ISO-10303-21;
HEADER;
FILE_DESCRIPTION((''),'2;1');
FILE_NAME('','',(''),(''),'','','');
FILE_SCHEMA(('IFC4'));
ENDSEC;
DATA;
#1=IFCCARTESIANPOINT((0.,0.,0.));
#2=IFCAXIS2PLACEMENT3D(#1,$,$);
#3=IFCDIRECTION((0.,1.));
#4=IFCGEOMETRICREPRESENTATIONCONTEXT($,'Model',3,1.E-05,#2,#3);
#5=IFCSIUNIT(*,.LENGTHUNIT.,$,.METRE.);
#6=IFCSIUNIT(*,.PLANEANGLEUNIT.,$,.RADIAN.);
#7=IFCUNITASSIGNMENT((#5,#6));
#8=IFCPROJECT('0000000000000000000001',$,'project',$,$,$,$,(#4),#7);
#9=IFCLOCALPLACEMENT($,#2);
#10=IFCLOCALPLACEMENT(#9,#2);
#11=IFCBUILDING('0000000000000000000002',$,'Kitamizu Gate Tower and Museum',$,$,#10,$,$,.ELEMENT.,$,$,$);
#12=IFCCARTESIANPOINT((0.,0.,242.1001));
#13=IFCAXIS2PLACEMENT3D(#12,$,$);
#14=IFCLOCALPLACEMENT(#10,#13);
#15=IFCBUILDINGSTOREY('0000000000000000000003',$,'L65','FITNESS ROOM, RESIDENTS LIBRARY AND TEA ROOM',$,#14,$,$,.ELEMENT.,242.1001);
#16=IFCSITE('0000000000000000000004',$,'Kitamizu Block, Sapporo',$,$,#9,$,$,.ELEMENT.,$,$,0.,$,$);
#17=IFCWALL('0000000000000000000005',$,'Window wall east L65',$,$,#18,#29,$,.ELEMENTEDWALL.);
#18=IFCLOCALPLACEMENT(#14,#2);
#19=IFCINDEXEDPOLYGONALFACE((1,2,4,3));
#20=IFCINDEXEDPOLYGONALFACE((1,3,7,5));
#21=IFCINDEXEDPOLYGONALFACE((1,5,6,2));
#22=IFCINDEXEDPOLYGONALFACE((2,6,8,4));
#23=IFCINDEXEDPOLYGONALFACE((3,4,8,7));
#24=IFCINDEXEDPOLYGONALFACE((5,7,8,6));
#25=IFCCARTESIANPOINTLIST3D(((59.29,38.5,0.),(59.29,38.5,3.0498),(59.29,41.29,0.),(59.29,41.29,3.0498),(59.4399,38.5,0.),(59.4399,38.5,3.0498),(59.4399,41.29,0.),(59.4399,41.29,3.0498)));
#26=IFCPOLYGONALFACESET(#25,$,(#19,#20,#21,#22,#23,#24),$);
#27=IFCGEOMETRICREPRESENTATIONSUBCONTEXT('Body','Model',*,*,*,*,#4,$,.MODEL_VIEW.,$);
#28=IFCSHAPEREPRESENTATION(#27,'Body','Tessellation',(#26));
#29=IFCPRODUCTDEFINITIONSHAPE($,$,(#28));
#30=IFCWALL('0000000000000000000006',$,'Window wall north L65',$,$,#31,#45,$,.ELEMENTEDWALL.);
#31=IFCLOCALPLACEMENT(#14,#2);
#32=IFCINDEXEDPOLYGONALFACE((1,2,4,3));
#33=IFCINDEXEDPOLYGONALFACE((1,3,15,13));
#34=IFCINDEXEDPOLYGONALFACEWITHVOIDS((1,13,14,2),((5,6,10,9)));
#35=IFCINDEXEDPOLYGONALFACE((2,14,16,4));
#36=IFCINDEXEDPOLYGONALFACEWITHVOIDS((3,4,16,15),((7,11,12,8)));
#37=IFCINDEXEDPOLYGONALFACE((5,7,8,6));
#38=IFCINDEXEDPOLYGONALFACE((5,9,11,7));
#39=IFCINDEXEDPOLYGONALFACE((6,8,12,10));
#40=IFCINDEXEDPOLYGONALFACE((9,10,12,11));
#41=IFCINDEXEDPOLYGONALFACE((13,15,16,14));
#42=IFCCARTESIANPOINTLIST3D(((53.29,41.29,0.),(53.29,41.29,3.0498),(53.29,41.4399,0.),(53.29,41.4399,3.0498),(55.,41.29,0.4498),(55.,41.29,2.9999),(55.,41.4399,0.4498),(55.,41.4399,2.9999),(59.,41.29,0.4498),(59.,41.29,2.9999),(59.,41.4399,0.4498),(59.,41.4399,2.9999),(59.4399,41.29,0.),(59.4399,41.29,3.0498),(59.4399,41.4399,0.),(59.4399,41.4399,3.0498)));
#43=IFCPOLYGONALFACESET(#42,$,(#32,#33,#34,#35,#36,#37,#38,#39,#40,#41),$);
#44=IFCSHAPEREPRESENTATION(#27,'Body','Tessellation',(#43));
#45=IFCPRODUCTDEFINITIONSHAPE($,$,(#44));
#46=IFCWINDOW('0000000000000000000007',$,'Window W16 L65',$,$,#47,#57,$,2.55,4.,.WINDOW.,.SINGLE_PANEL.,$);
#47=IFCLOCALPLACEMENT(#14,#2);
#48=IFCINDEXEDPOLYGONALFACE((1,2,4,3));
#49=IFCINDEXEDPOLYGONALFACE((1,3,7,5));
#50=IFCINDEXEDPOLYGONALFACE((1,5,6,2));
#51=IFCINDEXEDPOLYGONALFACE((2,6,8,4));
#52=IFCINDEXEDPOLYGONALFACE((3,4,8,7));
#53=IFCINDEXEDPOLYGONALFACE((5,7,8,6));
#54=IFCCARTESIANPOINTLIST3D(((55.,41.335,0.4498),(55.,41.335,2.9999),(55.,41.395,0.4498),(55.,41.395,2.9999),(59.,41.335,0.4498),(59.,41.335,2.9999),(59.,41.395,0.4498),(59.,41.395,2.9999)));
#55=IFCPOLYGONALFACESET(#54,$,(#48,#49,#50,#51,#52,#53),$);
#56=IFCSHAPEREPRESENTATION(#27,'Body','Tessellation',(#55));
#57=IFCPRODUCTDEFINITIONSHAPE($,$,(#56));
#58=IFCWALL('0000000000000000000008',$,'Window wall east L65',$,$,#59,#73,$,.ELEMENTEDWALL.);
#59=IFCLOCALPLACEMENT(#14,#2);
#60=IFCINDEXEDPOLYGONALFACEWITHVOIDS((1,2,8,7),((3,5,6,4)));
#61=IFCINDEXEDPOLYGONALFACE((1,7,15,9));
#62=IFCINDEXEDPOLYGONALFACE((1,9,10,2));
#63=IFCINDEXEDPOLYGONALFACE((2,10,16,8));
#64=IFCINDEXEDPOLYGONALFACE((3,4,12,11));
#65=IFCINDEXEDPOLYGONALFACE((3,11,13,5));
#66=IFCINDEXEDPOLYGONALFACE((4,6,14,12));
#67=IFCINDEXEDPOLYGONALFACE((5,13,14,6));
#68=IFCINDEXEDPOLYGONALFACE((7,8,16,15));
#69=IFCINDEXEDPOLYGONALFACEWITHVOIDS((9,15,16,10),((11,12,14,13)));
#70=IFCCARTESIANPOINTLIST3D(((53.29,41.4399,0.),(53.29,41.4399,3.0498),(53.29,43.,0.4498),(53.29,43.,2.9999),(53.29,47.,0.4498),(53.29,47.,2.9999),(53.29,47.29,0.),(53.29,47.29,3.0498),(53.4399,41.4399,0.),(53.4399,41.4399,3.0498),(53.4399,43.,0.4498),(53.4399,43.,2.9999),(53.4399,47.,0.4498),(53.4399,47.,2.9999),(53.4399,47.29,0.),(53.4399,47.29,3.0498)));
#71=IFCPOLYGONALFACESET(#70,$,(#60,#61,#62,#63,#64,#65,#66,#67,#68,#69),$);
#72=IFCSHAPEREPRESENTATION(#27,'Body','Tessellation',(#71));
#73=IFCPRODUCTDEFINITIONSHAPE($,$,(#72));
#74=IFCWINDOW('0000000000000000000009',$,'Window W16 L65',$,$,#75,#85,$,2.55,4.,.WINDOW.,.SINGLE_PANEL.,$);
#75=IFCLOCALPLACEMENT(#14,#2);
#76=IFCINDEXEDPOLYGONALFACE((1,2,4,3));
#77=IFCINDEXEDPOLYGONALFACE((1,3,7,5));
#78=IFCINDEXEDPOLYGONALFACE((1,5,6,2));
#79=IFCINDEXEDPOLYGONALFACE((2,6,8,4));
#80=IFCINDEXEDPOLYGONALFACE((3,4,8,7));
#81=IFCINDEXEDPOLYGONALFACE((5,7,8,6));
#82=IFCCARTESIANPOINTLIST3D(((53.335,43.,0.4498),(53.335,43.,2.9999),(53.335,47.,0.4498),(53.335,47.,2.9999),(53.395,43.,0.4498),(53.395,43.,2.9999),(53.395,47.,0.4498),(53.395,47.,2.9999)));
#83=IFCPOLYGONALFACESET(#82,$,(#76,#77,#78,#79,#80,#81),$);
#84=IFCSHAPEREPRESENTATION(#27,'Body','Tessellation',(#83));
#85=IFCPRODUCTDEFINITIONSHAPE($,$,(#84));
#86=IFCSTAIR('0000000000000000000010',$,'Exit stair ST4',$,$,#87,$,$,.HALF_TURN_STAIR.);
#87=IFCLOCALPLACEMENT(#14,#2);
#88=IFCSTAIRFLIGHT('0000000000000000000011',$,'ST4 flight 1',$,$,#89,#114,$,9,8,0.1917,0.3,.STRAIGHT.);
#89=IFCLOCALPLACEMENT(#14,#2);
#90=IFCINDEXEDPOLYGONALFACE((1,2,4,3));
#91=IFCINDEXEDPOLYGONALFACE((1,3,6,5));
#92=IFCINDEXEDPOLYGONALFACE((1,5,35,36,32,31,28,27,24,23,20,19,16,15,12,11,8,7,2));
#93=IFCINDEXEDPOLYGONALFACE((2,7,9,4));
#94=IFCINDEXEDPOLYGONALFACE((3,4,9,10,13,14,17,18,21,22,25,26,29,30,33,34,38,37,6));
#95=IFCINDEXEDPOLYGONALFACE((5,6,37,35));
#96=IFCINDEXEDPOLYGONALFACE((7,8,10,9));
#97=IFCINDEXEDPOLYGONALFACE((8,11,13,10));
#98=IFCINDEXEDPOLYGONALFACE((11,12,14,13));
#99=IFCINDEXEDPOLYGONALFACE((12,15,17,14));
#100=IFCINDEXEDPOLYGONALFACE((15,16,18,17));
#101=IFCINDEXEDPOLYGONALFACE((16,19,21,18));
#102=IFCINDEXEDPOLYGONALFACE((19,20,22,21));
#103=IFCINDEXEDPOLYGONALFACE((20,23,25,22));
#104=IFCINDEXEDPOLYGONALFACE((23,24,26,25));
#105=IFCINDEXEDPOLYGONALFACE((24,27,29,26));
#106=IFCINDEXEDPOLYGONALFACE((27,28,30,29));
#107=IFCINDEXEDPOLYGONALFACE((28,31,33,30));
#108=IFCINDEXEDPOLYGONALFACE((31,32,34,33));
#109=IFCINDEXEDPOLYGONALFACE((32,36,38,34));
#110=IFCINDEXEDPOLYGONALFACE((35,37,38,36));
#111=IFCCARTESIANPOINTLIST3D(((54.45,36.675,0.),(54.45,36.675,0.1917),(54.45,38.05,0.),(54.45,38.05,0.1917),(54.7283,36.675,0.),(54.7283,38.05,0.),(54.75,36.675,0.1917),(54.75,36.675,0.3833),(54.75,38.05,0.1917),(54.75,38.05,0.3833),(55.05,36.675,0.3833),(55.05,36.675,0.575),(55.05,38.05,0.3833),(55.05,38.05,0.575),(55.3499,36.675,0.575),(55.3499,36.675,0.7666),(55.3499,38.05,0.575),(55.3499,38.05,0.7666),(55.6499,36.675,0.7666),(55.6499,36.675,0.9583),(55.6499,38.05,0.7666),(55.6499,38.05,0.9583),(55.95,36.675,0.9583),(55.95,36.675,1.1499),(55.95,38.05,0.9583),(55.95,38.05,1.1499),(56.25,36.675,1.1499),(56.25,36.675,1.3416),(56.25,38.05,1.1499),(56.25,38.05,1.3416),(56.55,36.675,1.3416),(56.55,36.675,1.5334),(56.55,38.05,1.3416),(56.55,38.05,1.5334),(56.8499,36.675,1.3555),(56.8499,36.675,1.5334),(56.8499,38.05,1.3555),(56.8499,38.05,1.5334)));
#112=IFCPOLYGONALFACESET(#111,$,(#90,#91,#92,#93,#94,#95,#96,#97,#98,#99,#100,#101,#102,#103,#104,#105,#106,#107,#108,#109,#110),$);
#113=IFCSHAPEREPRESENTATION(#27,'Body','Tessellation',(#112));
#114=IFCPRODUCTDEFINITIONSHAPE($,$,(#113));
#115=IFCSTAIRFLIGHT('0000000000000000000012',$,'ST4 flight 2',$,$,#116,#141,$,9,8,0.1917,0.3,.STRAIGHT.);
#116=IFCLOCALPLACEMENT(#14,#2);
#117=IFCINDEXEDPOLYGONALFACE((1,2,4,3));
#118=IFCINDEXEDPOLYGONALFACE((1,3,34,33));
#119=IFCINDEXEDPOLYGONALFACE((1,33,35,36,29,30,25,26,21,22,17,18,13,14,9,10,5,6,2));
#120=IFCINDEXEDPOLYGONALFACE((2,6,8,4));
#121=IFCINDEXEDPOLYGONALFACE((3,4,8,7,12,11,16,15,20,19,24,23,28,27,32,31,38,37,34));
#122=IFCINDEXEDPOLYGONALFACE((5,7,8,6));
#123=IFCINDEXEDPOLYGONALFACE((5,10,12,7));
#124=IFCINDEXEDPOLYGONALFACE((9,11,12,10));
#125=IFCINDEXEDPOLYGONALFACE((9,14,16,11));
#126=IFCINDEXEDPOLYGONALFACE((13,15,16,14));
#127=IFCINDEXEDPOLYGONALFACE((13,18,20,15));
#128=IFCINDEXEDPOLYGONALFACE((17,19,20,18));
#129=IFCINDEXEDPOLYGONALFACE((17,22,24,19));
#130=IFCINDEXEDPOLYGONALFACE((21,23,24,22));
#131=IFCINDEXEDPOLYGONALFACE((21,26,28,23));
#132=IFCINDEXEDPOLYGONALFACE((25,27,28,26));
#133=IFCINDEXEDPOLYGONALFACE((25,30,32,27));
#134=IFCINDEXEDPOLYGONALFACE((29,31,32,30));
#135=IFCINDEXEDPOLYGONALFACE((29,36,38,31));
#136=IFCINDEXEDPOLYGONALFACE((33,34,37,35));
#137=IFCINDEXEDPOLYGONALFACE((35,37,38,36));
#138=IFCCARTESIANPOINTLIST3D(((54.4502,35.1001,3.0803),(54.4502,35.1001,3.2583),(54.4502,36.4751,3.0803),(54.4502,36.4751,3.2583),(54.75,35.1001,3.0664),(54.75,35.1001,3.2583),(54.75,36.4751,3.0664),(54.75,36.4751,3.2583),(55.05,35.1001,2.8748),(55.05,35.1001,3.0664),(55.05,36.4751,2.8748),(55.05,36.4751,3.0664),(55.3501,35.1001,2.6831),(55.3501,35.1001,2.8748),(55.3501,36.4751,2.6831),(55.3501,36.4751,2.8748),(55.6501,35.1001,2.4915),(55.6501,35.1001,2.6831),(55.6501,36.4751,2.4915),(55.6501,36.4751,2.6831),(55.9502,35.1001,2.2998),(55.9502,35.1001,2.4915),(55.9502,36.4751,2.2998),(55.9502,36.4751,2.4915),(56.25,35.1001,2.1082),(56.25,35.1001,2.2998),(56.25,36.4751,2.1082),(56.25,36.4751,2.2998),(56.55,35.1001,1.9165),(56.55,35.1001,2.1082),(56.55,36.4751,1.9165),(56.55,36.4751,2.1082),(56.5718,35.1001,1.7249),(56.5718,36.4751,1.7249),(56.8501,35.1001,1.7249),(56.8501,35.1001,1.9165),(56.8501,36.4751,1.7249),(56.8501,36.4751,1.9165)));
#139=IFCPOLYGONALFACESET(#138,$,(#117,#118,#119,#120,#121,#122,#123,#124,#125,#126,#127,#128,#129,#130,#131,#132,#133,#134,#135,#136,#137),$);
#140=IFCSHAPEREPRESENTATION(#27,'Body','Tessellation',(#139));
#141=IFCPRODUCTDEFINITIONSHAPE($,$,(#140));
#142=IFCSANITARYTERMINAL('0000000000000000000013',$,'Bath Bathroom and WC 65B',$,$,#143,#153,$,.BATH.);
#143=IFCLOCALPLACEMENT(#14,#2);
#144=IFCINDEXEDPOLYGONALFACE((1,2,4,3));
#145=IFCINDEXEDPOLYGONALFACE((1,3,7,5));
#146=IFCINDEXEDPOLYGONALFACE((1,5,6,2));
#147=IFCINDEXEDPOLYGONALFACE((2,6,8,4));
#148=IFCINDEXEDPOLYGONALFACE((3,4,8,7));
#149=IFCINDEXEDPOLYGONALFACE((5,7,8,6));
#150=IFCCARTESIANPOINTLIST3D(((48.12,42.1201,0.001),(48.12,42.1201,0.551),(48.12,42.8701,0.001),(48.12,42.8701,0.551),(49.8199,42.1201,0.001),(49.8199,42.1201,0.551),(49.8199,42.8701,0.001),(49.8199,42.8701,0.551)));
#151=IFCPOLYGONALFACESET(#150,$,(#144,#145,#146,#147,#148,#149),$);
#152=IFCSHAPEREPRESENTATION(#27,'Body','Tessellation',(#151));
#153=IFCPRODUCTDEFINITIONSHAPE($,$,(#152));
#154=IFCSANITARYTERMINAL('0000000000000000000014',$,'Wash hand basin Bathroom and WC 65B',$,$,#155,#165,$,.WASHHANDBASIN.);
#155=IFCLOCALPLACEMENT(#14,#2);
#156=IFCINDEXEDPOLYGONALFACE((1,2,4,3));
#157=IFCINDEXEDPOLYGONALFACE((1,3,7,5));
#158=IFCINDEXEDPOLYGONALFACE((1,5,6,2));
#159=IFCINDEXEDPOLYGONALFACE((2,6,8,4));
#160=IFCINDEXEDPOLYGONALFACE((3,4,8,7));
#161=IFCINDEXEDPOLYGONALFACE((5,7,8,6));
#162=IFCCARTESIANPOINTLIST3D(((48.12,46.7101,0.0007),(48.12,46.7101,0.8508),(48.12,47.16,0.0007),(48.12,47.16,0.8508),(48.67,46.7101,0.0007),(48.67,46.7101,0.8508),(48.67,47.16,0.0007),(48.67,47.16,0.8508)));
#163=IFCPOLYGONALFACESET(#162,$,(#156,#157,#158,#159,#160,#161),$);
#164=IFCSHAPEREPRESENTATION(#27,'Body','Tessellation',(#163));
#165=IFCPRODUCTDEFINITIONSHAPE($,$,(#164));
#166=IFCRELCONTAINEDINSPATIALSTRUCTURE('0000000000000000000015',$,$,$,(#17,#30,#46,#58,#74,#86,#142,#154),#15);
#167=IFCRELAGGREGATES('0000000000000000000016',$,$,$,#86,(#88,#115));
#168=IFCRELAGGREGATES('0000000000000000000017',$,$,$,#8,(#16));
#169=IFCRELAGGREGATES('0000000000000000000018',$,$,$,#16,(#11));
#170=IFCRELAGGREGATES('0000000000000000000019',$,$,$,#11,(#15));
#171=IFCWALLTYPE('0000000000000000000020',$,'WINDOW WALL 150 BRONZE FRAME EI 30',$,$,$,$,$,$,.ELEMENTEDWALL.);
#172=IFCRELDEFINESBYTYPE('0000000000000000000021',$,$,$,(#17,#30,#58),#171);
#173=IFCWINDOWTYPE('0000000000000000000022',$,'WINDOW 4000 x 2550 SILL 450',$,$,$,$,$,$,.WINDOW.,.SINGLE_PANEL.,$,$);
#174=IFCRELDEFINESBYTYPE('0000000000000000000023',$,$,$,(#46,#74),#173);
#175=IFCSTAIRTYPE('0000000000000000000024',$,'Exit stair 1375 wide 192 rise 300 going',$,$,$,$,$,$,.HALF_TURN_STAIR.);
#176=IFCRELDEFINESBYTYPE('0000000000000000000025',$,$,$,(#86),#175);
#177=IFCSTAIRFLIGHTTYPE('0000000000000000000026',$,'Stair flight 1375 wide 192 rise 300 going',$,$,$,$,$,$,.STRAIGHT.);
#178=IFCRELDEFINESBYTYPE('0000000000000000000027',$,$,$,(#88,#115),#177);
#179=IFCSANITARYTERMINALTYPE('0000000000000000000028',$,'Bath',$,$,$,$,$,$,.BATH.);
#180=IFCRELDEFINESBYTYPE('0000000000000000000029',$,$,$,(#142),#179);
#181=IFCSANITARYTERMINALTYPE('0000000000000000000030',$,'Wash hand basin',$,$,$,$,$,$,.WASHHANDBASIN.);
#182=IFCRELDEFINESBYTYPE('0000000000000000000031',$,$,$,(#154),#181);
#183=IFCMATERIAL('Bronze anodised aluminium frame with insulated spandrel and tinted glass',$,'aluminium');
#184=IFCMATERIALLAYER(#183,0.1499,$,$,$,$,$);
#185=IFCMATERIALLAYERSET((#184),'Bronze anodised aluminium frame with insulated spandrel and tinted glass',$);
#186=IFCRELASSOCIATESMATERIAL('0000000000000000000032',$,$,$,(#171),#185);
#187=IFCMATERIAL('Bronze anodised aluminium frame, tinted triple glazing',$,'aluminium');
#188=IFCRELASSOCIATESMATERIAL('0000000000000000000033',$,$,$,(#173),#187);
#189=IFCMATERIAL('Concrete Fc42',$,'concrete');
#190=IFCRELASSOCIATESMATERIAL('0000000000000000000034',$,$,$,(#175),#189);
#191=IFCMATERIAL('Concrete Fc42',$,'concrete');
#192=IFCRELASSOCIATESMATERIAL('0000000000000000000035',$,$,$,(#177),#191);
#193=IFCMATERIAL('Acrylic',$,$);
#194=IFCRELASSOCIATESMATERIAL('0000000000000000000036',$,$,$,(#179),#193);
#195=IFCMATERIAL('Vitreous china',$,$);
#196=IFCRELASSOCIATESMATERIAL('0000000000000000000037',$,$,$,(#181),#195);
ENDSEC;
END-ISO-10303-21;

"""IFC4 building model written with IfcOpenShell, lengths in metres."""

from ifc_helpers import new_model, si_unit, direction, frame, frame_2d, origin, origin_2d, place, context, subcontext, project, spatial, polyline, rectangle, outline, extrude, material, layer, layer_set, type_object, element, fill, aggregate, save


model = new_model("IFC4")

# Units and contexts
model_context = context("Model", 3, precision=1e-05, world=origin(), true_north=direction((0.0, 1.0)))
body_context = subcontext(model_context, "Body", "Model", "MODEL_VIEW")
ifc_project = project(units=[si_unit("LENGTHUNIT", "METRE"), si_unit("PLANEANGLEUNIT", "RADIAN")], contexts=[model_context])

# Site, building, storey
site_placement = place(None, origin())
site = spatial("IfcSite", under=ifc_project, at=site_placement, Name="Kitamizu Block, Sapporo", CompositionType="ELEMENT", RefElevation=0.0)
building_placement = place(site_placement, origin())
building = spatial("IfcBuilding", under=site, at=building_placement, Name="Kitamizu Gate Tower and Museum", CompositionType="ELEMENT")
storey_placement = place(building_placement, frame((0.0, 0.0, 242.1001)))
storey = spatial("IfcBuildingStorey", under=building, at=storey_placement, Name="L65", Description="FITNESS ROOM, RESIDENTS LIBRARY AND TEA ROOM", CompositionType="ELEMENT", Elevation=242.1001)

# Wall
ifc_material_1 = material(Name="Bronze anodised aluminium frame with insulated spandrel and tinted glass", Category="aluminium")
ifc_layer_1 = layer(ifc_material_1, 0.1499)
ifc_layer_set_1 = layer_set([ifc_layer_1], Name="Bronze anodised aluminium frame with insulated spandrel and tinted glass")
wall_type_1 = type_object("IfcWallType", Name="WINDOW WALL 150 BRONZE FRAME EI 30", PredefinedType="ELEMENTEDWALL", material=ifc_layer_set_1)
wall_1_placement = place(storey_placement, frame((59.365, 38.5, 0.0), z_axis=(0.0, 0.0, 1.0), x_axis=(0.0, 1.0, 0.0)))
element("IfcWall", 1, at=wall_1_placement, inside=storey, type_object=wall_type_1, Name="Window wall east L65", PredefinedType="ELEMENTEDWALL", context=body_context, shape_type="SweptSolid", body=[
    extrude(rectangle(XDim=2.79, YDim=0.1499, at=frame_2d((1.395, 0.0))), origin(), (0.0, 0.0, 1.0), 3.0498),
])

# Walls, openings, windows
wall_2_placement = place(storey_placement, frame((53.29, 41.365, 0.0), z_axis=(0.0, 0.0, 1.0), x_axis=(1.0, 0.0, 0.0)))
wall_2 = element("IfcWall", 2, at=wall_2_placement, inside=storey, type_object=wall_type_1, Name="Window wall north L65", PredefinedType="ELEMENTEDWALL", context=body_context, shape_type="SweptSolid", body=[
    extrude(rectangle(XDim=6.1499, YDim=0.1499, at=frame_2d((3.075, 0.0))), origin(), (0.0, 0.0, 1.0), 3.0498),
])
opening_1_placement = place(wall_2_placement, frame((1.71, 0.0, 0.45)))
opening_1 = element("IfcOpeningElement", 3, at=opening_1_placement, cuts=wall_2, PredefinedType="OPENING", context=body_context, shape_type="SweptSolid", body=[
    extrude(rectangle(XDim=4.0, YDim=2.55, at=frame_2d((2.0, 1.2749))), frame((0.0, 0.085, 0.0), z_axis=(0.0, -1.0, 0.0), x_axis=(1.0, 0.0, 0.0)), (0.0, 0.0, 1.0), 0.1699),
])
ifc_material_2 = material(Name="Bronze anodised aluminium frame, tinted triple glazing", Category="aluminium")
window_type = type_object("IfcWindowType", Name="WINDOW 4000 x 2550 SILL 450", PartitioningType="SINGLE_PANEL", PredefinedType="WINDOW", material=ifc_material_2)
window_1_placement = place(opening_1_placement, origin())
window_1 = element("IfcWindow", 4, at=window_1_placement, inside=storey, type_object=window_type, Name="Window W16 L65", OverallHeight=2.55, OverallWidth=4.0, PartitioningType="SINGLE_PANEL", PredefinedType="WINDOW", context=body_context, shape_type="SweptSolid", body=[
    extrude(rectangle(XDim=4.0, YDim=2.55, at=frame_2d((2.0, 1.2749))), frame((0.0, 0.03, 0.0), z_axis=(0.0, -1.0, 0.0), x_axis=(1.0, 0.0, 0.0)), (0.0, 0.0, 1.0), 0.0601),
])
fill(opening_1, window_1)
wall_3_placement = place(storey_placement, frame((53.365, 41.4399, 0.0), z_axis=(0.0, 0.0, 1.0), x_axis=(0.0, 1.0, 0.0)))
wall_3 = element("IfcWall", 5, at=wall_3_placement, inside=storey, type_object=wall_type_1, Name="Window wall east L65", PredefinedType="ELEMENTEDWALL", context=body_context, shape_type="SweptSolid", body=[
    extrude(rectangle(XDim=5.8501, YDim=0.1499, at=frame_2d((2.925, 0.0))), origin(), (0.0, 0.0, 1.0), 3.0498),
])
opening_2_placement = place(wall_3_placement, frame((1.5601, 0.0, 0.45)))
opening_2 = element("IfcOpeningElement", 6, at=opening_2_placement, cuts=wall_3, PredefinedType="OPENING", context=body_context, shape_type="SweptSolid", body=[
    extrude(rectangle(XDim=4.0, YDim=2.55, at=frame_2d((2.0, 1.2749))), frame((0.0, 0.085, 0.0), z_axis=(0.0, -1.0, 0.0), x_axis=(1.0, 0.0, 0.0)), (0.0, 0.0, 1.0), 0.1699),
])
window_2_placement = place(opening_2_placement, origin())
window_2 = element("IfcWindow", 7, at=window_2_placement, inside=storey, type_object=window_type, Name="Window W16 L65", OverallHeight=2.55, OverallWidth=4.0, PartitioningType="SINGLE_PANEL", PredefinedType="WINDOW", context=body_context, shape_type="SweptSolid", body=[
    extrude(rectangle(XDim=4.0, YDim=2.55, at=frame_2d((2.0, 1.2749))), frame((0.0, 0.03, 0.0), z_axis=(0.0, -1.0, 0.0), x_axis=(1.0, 0.0, 0.0)), (0.0, 0.0, 1.0), 0.0601),
])
fill(opening_2, window_2)

# Stair, stair flights
ifc_material_3 = material(Name="Concrete Fc42", Category="concrete")
stair_type = type_object("IfcStairType", Name="Exit stair 1375 wide 192 rise 300 going", PredefinedType="HALF_TURN_STAIR", material=ifc_material_3)
stair_placement = place(storey_placement, origin())
stair = element("IfcStair", 8, at=stair_placement, inside=storey, type_object=stair_type, Name="Exit stair ST4", PredefinedType="HALF_TURN_STAIR")
ifc_material_4 = material(Name="Concrete Fc42", Category="concrete")
stair_flight_type = type_object("IfcStairFlightType", Name="Stair flight 1375 wide 192 rise 300 going", PredefinedType="STRAIGHT", material=ifc_material_4)
stair_flight_1_placement = place(storey_placement, frame((54.45, 37.3625, 0.0), z_axis=(0.0, 0.0, 1.0), x_axis=(1.0, 0.0, 0.0)))
stair_flight_1 = element("IfcStairFlight", 9, at=stair_flight_1_placement, type_object=stair_flight_type, Name="ST4 flight 1", NumberOfRisers=9, NumberOfTreads=8, PredefinedType="STRAIGHT", RiserHeight=0.1917, TreadLength=0.3, context=body_context, shape_type="SweptSolid", body=[
    extrude(outline(polyline([(0.0, 0.0), (0.0, 0.1917), (0.3, 0.1917), (0.3, 0.3833), (0.6001, 0.3833), (0.6001, 0.575), (0.8999, 0.575), (0.8999, 0.7666), (1.2, 0.7666), (1.2, 0.9583), (1.5, 0.9583), (1.5, 1.1499), (1.8, 1.1499), (1.8, 1.3416), (2.1001, 1.3416), (2.1001, 1.5334), (2.3999, 1.5334), (2.3999, 1.7251), (2.3999, 1.3555), (0.2783, 0.0), (0.0, 0.0)])), frame((0.0, 0.6875, 0.0), z_axis=(0.0, -1.0, 0.0), x_axis=(1.0, 0.0, 0.0)), (0.0, 0.0, 1.0), 1.375),
])
stair_flight_2_placement = place(storey_placement, frame((56.8501, 35.7876, 1.7249), z_axis=(0.0, 0.0, 1.0), x_axis=(-1.0, 0.0, 0.0)))
stair_flight_2 = element("IfcStairFlight", 10, at=stair_flight_2_placement, type_object=stair_flight_type, Name="ST4 flight 2", NumberOfRisers=9, NumberOfTreads=8, PredefinedType="STRAIGHT", RiserHeight=0.1917, TreadLength=0.3, context=body_context, shape_type="SweptSolid", body=[
    extrude(outline(polyline([(0.0, 0.0), (0.0, 0.1917), (0.3, 0.1917), (0.3, 0.3833), (0.6001, 0.3833), (0.6001, 0.575), (0.8999, 0.575), (0.8999, 0.7666), (1.2, 0.7666), (1.2, 0.9583), (1.5, 0.9583), (1.5, 1.1499), (1.8, 1.1499), (1.8, 1.3416), (2.1001, 1.3416), (2.1001, 1.5334), (2.3999, 1.5334), (2.3999, 1.7251), (2.3999, 1.3555), (0.2783, 0.0), (0.0, 0.0)])), frame((0.0, 0.6875, 0.0), z_axis=(0.0, -1.0, 0.0), x_axis=(1.0, 0.0, 0.0)), (0.0, 0.0, 1.0), 1.375),
])
aggregate(stair, [stair_flight_1, stair_flight_2])

# Sanitary terminals
ifc_material_5 = material(Name="Acrylic")
sanitary_terminal_type_1 = type_object("IfcSanitaryTerminalType", Name="Bath", PredefinedType="BATH", material=ifc_material_5)
sanitary_terminal_1_placement = place(storey_placement, frame((48.97, 42.4951, 0.001), z_axis=(0.0, 0.0, 1.0), x_axis=(1.0, 0.0, 0.0)))
element("IfcSanitaryTerminal", 11, at=sanitary_terminal_1_placement, inside=storey, type_object=sanitary_terminal_type_1, Name="Bath Bathroom and WC 65B", PredefinedType="BATH", context=body_context, shape_type="SweptSolid", body=[
    extrude(rectangle(XDim=1.7, YDim=0.75, at=origin_2d()), origin(), (0.0, 0.0, 1.0), 0.55),
])
ifc_material_6 = material(Name="Vitreous china")
sanitary_terminal_type_2 = type_object("IfcSanitaryTerminalType", Name="Wash hand basin", PredefinedType="WASHHANDBASIN", material=ifc_material_6)
sanitary_terminal_2_placement = place(storey_placement, frame((48.395, 46.9351, 0.0007), z_axis=(0.0, 0.0, 1.0), x_axis=(1.0, 0.0, 0.0)))
element("IfcSanitaryTerminal", 12, at=sanitary_terminal_2_placement, inside=storey, type_object=sanitary_terminal_type_2, Name="Wash hand basin Bathroom and WC 65B", PredefinedType="WASHHANDBASIN", context=body_context, shape_type="SweptSolid", body=[
    extrude(rectangle(XDim=0.55, YDim=0.45, at=origin_2d()), origin(), (0.0, 0.0, 1.0), 0.8501),
])

save(model, "model.ifc")
